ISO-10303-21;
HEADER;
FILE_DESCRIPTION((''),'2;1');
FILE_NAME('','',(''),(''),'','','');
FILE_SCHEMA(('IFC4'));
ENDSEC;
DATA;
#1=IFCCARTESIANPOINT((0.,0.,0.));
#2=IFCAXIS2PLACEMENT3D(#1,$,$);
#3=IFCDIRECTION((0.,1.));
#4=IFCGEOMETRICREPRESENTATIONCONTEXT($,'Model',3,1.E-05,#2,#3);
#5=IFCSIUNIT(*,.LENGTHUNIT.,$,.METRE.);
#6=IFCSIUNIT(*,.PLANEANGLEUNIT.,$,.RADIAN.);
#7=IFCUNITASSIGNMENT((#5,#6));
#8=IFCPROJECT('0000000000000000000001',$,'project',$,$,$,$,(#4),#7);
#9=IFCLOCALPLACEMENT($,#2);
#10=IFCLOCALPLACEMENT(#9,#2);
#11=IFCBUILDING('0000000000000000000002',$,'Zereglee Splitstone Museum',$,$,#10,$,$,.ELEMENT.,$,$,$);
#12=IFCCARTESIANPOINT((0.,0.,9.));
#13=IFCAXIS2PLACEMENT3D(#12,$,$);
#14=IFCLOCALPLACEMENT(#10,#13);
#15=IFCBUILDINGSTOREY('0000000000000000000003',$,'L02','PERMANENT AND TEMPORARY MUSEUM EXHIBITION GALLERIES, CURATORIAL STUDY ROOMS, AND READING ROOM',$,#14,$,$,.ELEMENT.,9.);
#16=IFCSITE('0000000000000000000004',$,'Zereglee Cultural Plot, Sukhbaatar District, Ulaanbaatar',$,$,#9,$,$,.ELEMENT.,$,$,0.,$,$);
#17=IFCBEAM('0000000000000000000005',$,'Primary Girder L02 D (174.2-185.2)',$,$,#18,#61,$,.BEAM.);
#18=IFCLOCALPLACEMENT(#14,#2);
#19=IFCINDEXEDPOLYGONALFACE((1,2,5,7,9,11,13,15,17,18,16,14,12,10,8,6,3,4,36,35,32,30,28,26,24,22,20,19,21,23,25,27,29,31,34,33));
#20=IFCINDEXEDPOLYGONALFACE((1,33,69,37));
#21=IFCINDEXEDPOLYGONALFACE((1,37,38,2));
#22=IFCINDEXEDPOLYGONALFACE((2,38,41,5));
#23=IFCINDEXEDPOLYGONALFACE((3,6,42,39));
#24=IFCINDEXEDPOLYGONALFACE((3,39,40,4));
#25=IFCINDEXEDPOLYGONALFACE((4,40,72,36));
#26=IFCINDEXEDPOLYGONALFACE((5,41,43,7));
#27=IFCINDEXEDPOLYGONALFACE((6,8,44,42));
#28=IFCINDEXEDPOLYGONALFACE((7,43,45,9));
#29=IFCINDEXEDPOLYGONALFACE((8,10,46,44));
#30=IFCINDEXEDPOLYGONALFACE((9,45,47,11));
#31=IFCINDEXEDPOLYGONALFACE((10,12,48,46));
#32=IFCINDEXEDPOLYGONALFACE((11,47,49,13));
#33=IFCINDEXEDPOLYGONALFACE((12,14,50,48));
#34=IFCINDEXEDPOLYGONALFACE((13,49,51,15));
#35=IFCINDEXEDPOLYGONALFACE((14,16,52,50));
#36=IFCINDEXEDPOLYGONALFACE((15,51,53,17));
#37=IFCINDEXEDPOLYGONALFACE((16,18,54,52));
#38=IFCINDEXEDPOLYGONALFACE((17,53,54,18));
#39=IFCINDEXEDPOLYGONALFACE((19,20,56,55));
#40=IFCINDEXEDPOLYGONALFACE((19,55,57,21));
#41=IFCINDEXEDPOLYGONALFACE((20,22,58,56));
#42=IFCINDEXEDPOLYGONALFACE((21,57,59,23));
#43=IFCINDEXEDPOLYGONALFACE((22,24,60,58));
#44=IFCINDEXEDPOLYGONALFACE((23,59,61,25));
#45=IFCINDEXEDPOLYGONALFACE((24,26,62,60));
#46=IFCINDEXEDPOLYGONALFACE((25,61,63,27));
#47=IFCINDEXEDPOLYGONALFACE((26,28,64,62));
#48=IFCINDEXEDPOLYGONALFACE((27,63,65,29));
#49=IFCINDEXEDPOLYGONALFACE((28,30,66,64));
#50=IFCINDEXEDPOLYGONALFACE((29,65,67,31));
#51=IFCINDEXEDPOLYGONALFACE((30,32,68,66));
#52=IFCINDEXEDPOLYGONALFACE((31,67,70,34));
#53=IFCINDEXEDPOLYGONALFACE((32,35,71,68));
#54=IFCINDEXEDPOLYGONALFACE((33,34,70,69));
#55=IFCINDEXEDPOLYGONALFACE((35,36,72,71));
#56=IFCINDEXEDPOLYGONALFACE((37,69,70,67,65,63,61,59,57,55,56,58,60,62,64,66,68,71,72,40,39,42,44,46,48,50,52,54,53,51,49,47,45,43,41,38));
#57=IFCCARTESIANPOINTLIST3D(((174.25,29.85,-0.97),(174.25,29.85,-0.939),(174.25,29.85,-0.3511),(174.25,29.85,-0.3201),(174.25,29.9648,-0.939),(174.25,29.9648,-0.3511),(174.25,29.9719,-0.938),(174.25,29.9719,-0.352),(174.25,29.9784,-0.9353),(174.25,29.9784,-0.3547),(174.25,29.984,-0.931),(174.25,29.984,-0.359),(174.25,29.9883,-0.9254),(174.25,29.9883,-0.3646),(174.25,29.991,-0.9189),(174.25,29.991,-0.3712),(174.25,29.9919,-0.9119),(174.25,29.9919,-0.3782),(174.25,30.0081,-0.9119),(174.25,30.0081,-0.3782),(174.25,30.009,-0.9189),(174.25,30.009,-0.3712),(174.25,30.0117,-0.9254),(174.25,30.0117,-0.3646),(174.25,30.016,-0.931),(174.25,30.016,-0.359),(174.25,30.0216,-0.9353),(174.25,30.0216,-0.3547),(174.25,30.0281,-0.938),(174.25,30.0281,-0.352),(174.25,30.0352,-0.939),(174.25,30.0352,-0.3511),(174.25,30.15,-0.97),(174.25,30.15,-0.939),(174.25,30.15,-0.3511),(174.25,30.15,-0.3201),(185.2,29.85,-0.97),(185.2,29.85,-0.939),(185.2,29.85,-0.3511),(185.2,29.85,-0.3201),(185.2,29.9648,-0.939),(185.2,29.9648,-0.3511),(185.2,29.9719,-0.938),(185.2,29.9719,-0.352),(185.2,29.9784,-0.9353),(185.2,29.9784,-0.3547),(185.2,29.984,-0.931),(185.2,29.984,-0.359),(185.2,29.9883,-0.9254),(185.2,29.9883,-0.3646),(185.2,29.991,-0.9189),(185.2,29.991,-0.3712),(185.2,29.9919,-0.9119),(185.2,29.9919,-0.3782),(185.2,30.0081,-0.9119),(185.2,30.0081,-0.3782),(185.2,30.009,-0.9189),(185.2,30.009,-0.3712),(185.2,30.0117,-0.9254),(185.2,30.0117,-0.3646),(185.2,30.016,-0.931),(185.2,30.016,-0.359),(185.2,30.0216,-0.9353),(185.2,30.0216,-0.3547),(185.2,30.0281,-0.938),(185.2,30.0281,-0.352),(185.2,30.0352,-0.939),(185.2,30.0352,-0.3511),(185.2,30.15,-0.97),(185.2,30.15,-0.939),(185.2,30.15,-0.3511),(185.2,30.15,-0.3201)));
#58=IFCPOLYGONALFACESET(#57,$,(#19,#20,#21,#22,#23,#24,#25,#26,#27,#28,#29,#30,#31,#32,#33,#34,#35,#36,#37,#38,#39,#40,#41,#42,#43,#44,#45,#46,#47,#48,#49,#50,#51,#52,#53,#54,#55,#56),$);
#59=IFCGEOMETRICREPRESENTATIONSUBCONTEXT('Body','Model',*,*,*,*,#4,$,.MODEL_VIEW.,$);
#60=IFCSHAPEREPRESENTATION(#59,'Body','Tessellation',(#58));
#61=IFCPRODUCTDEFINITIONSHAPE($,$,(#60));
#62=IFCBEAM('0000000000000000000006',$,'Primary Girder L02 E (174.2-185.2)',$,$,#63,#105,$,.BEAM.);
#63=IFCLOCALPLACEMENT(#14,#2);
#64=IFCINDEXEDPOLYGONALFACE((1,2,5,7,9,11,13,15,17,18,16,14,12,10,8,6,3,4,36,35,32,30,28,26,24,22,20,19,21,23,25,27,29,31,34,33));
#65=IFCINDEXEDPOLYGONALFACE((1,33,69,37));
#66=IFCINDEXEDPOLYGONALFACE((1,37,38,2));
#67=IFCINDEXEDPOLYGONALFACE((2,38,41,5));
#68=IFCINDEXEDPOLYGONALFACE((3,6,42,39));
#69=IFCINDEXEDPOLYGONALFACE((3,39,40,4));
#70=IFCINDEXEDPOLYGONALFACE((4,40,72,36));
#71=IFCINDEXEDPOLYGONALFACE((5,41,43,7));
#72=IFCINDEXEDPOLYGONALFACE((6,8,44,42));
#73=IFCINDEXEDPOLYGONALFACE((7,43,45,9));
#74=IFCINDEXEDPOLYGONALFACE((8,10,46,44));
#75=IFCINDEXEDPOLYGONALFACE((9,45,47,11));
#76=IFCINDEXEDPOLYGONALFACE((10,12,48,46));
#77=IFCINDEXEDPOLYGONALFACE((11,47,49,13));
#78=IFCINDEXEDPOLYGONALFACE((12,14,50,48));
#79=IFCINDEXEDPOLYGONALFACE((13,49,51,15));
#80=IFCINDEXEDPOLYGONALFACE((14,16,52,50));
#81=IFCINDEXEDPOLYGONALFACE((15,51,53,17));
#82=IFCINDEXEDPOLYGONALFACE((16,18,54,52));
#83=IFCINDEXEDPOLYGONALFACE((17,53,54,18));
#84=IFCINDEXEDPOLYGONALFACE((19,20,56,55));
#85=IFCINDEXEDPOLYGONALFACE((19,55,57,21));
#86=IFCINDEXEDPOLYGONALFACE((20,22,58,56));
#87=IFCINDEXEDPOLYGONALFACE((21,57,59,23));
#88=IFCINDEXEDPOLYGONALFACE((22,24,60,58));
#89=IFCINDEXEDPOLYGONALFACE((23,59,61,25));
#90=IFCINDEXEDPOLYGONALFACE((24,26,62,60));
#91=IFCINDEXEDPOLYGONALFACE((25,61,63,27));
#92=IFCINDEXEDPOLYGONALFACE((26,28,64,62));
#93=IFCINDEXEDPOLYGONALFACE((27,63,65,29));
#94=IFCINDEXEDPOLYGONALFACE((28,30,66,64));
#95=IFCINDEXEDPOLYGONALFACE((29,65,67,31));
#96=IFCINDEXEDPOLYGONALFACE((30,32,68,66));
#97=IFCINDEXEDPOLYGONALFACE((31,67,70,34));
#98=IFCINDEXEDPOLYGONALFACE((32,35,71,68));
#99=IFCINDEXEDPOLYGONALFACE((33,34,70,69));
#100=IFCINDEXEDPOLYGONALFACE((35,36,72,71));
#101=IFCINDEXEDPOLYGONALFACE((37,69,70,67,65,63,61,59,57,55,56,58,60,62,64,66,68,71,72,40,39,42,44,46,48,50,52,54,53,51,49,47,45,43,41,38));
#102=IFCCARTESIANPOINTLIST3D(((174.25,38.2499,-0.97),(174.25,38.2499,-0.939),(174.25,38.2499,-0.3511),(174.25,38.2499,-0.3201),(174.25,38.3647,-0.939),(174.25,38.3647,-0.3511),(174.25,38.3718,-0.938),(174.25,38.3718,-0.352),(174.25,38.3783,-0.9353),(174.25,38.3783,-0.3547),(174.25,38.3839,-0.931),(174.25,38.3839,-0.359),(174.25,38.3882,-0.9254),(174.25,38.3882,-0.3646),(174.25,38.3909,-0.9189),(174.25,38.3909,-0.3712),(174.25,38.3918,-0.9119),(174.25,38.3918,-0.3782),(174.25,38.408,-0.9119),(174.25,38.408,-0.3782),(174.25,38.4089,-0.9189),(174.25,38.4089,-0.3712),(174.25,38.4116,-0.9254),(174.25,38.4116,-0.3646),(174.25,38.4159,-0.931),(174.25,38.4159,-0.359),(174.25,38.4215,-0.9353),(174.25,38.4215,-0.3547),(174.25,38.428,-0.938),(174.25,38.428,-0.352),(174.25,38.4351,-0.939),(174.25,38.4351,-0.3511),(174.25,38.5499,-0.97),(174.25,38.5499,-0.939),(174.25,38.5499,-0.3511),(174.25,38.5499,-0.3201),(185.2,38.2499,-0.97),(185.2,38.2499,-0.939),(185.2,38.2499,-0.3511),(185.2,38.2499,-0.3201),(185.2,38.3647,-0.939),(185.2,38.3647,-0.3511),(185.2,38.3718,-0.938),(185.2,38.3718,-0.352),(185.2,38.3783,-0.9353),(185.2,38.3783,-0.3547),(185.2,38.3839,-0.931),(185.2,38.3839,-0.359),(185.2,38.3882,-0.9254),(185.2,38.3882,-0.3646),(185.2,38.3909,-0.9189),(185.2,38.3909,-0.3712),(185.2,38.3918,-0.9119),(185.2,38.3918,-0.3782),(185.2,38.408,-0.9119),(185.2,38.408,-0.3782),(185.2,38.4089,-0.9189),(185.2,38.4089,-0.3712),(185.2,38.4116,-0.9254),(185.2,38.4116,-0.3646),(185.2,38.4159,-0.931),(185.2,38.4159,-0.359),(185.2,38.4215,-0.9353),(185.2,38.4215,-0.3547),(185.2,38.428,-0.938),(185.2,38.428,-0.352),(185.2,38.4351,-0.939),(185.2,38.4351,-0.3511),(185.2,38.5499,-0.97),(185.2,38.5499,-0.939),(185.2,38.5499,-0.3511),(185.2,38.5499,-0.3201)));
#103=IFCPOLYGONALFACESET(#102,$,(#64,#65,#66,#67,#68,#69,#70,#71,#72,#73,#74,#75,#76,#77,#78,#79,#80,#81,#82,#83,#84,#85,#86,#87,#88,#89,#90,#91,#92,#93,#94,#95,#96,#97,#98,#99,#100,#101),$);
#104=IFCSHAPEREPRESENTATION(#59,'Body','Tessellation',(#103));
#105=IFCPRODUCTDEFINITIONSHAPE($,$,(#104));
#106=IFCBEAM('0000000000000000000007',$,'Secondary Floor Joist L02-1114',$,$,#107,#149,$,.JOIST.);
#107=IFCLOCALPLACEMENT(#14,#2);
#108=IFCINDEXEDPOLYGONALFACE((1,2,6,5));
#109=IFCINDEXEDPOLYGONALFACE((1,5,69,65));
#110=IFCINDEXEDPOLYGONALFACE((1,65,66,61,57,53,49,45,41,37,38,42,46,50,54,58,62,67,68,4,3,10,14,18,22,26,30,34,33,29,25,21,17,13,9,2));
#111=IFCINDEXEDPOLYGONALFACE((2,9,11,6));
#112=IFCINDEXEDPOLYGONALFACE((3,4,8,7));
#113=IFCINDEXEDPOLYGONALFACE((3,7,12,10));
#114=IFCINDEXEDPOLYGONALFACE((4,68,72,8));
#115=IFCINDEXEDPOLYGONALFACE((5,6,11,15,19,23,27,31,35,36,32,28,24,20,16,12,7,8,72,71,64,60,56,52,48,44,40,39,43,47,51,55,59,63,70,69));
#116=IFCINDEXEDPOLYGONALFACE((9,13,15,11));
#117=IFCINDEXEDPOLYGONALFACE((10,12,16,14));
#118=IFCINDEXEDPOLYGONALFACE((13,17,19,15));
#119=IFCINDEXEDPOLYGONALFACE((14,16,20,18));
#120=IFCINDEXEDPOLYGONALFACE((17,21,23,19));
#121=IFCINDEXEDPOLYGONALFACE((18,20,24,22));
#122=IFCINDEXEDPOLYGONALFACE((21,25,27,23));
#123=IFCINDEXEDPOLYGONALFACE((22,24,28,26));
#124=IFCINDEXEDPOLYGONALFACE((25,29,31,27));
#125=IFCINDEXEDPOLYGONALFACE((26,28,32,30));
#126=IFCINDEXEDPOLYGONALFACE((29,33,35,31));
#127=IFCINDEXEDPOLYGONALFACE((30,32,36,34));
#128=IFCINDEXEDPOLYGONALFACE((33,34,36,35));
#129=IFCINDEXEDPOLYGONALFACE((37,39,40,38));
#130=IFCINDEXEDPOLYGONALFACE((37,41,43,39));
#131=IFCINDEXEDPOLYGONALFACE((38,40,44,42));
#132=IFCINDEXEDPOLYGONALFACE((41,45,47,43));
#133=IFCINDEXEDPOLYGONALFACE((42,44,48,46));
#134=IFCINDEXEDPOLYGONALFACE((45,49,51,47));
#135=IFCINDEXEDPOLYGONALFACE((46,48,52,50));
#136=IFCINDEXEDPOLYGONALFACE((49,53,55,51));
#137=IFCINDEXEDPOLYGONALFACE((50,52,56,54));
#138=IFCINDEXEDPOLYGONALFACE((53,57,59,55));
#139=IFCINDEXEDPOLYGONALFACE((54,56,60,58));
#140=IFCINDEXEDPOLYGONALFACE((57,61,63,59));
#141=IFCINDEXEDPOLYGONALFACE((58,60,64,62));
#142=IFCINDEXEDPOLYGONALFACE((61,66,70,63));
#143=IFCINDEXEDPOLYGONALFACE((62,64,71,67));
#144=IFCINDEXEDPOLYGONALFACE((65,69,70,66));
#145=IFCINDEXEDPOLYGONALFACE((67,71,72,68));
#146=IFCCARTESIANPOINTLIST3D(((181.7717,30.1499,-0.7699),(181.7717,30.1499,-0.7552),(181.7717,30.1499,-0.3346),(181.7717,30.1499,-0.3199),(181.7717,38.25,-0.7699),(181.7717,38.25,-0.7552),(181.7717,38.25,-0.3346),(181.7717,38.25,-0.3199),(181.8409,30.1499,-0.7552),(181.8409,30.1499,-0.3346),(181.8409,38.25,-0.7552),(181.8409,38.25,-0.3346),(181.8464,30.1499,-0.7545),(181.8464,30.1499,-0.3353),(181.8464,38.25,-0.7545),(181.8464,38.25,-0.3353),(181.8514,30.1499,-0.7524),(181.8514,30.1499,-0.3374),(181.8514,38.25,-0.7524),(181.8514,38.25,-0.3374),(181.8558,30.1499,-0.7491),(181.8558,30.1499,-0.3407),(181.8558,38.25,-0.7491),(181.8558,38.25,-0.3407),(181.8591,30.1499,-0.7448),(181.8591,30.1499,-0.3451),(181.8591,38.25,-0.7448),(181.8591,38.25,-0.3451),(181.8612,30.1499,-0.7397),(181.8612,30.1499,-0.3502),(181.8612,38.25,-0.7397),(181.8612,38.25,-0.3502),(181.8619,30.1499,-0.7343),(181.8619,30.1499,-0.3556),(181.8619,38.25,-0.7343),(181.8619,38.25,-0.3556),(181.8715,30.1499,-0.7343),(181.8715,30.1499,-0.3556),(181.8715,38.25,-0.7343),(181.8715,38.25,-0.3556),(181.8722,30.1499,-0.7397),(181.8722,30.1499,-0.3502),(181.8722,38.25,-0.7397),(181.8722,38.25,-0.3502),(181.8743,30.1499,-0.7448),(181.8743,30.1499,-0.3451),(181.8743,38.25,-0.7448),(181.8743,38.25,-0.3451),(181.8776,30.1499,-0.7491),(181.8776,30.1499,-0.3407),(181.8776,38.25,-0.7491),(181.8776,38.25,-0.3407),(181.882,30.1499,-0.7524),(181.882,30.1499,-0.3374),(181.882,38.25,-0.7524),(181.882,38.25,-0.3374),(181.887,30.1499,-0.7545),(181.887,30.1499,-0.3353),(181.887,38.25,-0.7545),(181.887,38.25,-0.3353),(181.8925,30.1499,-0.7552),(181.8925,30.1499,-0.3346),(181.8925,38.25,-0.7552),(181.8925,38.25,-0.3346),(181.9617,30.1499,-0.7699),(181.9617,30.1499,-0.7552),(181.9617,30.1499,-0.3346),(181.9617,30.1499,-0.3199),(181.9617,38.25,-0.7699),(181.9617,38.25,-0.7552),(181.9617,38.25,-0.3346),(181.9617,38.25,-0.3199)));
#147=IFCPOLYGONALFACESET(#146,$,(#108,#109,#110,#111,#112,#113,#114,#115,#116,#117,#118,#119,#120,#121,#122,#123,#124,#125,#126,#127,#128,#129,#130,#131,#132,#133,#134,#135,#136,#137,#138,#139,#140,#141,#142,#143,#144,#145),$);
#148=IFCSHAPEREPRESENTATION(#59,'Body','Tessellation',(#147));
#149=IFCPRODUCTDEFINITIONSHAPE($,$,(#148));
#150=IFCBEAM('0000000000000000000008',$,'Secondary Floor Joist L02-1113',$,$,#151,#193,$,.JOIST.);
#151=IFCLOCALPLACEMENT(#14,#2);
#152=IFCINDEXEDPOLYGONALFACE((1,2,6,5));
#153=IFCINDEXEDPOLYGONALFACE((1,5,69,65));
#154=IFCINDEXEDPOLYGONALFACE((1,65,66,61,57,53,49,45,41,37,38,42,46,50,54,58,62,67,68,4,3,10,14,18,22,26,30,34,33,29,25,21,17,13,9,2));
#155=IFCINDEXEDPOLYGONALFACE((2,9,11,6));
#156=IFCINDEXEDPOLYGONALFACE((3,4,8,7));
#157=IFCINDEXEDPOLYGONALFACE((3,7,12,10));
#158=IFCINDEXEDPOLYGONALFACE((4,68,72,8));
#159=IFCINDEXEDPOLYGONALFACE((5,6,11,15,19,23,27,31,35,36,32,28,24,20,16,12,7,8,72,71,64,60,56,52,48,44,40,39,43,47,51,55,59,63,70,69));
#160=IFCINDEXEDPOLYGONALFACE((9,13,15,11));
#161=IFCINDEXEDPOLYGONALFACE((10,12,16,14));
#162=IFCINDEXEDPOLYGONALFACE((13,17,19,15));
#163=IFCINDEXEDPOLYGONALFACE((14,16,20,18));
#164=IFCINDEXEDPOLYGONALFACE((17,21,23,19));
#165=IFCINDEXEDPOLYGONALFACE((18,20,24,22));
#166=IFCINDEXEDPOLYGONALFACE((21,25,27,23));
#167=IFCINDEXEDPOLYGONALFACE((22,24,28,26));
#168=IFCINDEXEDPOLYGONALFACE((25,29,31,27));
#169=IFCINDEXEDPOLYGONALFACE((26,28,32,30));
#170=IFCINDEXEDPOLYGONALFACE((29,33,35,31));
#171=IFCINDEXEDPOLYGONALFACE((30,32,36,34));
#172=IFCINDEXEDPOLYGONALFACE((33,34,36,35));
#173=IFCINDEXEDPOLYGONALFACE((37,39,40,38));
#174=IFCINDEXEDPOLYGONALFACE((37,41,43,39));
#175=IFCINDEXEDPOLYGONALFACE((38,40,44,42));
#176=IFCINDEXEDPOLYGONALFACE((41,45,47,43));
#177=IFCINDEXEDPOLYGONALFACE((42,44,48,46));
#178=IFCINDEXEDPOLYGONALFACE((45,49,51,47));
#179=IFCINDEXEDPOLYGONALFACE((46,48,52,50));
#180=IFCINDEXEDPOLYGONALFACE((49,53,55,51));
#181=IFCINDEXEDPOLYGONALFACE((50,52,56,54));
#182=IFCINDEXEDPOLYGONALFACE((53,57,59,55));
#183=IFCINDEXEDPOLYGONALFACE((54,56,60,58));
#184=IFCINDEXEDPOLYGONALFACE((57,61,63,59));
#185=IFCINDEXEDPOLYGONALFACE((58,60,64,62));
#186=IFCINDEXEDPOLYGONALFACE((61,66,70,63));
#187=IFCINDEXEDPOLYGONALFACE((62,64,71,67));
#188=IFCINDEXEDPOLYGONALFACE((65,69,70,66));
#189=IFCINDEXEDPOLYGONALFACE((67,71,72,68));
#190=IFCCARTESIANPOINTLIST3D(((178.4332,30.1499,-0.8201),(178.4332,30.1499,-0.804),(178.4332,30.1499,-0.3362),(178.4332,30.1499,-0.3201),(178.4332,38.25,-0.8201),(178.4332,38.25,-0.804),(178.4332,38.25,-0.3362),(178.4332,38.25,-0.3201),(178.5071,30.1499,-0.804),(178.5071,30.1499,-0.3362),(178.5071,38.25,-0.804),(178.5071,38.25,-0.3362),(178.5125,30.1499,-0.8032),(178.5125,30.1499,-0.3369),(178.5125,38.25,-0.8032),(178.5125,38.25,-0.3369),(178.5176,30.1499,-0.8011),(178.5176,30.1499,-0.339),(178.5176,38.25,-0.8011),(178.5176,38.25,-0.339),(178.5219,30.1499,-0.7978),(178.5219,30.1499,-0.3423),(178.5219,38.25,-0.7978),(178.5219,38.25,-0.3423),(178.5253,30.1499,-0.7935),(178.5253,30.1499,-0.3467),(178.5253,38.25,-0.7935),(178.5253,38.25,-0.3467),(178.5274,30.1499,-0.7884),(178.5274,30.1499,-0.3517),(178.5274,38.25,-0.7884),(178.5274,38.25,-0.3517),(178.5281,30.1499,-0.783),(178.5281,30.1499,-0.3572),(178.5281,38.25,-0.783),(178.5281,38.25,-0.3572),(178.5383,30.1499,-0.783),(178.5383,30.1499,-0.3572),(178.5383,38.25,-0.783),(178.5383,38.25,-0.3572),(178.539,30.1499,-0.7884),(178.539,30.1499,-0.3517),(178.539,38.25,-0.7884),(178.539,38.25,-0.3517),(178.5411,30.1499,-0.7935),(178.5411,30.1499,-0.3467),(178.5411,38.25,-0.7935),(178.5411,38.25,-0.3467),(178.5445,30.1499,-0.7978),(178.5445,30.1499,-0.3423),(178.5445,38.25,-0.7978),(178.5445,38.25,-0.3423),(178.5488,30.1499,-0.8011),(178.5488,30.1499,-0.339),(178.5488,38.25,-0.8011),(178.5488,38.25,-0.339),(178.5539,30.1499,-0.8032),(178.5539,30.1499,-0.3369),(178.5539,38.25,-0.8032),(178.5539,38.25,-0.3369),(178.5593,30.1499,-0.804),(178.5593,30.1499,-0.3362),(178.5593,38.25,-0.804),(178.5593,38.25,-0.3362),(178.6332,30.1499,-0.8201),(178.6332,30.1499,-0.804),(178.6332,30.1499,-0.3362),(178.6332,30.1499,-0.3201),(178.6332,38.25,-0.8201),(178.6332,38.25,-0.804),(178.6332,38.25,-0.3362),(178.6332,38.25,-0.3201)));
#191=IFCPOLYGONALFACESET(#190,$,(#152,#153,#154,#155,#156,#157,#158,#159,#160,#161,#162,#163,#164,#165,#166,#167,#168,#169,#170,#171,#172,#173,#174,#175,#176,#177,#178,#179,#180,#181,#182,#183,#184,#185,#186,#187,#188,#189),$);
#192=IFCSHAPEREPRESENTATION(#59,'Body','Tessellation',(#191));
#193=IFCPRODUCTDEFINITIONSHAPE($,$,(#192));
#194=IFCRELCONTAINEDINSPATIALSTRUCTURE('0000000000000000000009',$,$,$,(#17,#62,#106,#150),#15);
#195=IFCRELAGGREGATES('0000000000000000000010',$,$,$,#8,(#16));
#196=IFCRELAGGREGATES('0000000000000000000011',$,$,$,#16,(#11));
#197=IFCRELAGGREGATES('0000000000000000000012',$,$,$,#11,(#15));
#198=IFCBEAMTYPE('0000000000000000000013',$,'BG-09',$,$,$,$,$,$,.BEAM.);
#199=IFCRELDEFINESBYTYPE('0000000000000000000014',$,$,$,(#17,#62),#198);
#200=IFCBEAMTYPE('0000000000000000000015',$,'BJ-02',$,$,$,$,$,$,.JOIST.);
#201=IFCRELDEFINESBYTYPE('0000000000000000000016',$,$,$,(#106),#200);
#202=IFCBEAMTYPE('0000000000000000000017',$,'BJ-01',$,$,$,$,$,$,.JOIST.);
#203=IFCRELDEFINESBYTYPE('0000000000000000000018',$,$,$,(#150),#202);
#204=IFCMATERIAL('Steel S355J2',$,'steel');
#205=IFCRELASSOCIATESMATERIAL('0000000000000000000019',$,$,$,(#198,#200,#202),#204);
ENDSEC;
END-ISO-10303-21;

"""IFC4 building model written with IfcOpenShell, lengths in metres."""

from ifc_helpers import new_model, si_unit, direction, frame, origin, origin_2d, place, context, subcontext, project, spatial, i_section, extrude, material, material_profile, profile_set, type_object, element, save


model = new_model("IFC4")

# Units and contexts
model_context = context("Model", 3, precision=1e-05, world=origin(), true_north=direction((0.0, 1.0)))
body_context = subcontext(model_context, "Body", "Model", "MODEL_VIEW")
ifc_project = project(units=[si_unit("LENGTHUNIT", "METRE"), si_unit("PLANEANGLEUNIT", "RADIAN")], contexts=[model_context])

# Site, building, storey
site_placement = place(None, origin())
site = spatial("IfcSite", under=ifc_project, at=site_placement, Name="Zereglee Cultural Plot, Sukhbaatar District, Ulaanbaatar", CompositionType="ELEMENT", RefElevation=0.0)
building_placement = place(site_placement, origin())
building = spatial("IfcBuilding", under=site, at=building_placement, Name="Zereglee Splitstone Museum", CompositionType="ELEMENT")
storey_placement = place(building_placement, frame((0.0, 0.0, 9.0)))
storey = spatial("IfcBuildingStorey", under=building, at=storey_placement, Name="L02", Description="PERMANENT AND TEMPORARY MUSEUM EXHIBITION GALLERIES, CURATORIAL STUDY ROOMS, AND READING ROOM", CompositionType="ELEMENT", Elevation=9.0)

# Shared definitions
ifc_material_1 = material(Name="Steel S355J2", Category="steel")

# Beams
ifc_material_profile_1 = material_profile(ifc_material_1, i_section(OverallWidth=0.3, OverallDepth=0.6499, WebThickness=0.0161, FlangeThickness=0.031, FilletRadius=0.0271, at=origin_2d()), Name="HE 650 B")
ifc_profile_set_1 = profile_set([ifc_material_profile_1], Name="Steel S355J2")
beam_type_1 = type_object("IfcBeamType", Name="BG-09", PredefinedType="BEAM", material=ifc_profile_set_1)
for number, where, z_axis, x_axis, name in (
    (1, (174.25, 30.0, -0.645), (1.0, 0.0, 0.0), (0.0, 1.0, 0.0), "Primary Girder L02 D (174.2-185.2)"),
    (2, (174.25, 38.3999, -0.645), (1.0, 0.0, 0.0), (0.0, 1.0, 0.0), "Primary Girder L02 E (174.2-185.2)"),
):
    element("IfcBeam", number, at=place(storey_placement, frame(where, z_axis=z_axis, x_axis=x_axis)), inside=storey, type_object=beam_type_1, Name=name, PredefinedType="BEAM", context=body_context, shape_type="SweptSolid", body=[
        extrude(i_section(OverallWidth=0.3, OverallDepth=0.6499, WebThickness=0.0161, FlangeThickness=0.031, FilletRadius=0.0271, at=origin_2d()), origin(), (0.0, 0.0, 1.0), 10.95),
    ])
ifc_material_profile_2 = material_profile(ifc_material_1, i_section(OverallWidth=0.1899, OverallDepth=0.45, WebThickness=0.0095, FlangeThickness=0.0146, FilletRadius=0.021, at=origin_2d()), Name="IPE 450")
ifc_profile_set_2 = profile_set([ifc_material_profile_2], Name="Steel S355J2")
beam_type_2 = type_object("IfcBeamType", Name="BJ-02", PredefinedType="JOIST", material=ifc_profile_set_2)
beam_1_placement = place(storey_placement, frame((181.8667, 30.1499, -0.5449), z_axis=(0.0, 1.0, 0.0), x_axis=(-1.0, 0.0, 0.0)))
element("IfcBeam", 3, at=beam_1_placement, inside=storey, type_object=beam_type_2, Name="Secondary Floor Joist L02-1114", PredefinedType="JOIST", context=body_context, shape_type="SweptSolid", body=[
    extrude(i_section(OverallWidth=0.1899, OverallDepth=0.45, WebThickness=0.0095, FlangeThickness=0.0146, FilletRadius=0.021, at=origin_2d()), origin(), (0.0, 0.0, 1.0), 8.1001),
])
ifc_material_profile_3 = material_profile(ifc_material_1, i_section(OverallWidth=0.2, OverallDepth=0.5, WebThickness=0.0103, FlangeThickness=0.0161, FilletRadius=0.021, at=origin_2d()), Name="IPE 500")
ifc_profile_set_3 = profile_set([ifc_material_profile_3], Name="Steel S355J2")
beam_type_3 = type_object("IfcBeamType", Name="BJ-01", PredefinedType="JOIST", material=ifc_profile_set_3)
beam_2_placement = place(storey_placement, frame((178.5332, 30.1499, -0.5701), z_axis=(0.0, 1.0, 0.0), x_axis=(-1.0, 0.0, 0.0)))
element("IfcBeam", 4, at=beam_2_placement, inside=storey, type_object=beam_type_3, Name="Secondary Floor Joist L02-1113", PredefinedType="JOIST", context=body_context, shape_type="SweptSolid", body=[
    extrude(i_section(OverallWidth=0.2, OverallDepth=0.5, WebThickness=0.0103, FlangeThickness=0.0161, FilletRadius=0.021, at=origin_2d()), origin(), (0.0, 0.0, 1.0), 8.1001),
])

save(model, "model.ifc")
